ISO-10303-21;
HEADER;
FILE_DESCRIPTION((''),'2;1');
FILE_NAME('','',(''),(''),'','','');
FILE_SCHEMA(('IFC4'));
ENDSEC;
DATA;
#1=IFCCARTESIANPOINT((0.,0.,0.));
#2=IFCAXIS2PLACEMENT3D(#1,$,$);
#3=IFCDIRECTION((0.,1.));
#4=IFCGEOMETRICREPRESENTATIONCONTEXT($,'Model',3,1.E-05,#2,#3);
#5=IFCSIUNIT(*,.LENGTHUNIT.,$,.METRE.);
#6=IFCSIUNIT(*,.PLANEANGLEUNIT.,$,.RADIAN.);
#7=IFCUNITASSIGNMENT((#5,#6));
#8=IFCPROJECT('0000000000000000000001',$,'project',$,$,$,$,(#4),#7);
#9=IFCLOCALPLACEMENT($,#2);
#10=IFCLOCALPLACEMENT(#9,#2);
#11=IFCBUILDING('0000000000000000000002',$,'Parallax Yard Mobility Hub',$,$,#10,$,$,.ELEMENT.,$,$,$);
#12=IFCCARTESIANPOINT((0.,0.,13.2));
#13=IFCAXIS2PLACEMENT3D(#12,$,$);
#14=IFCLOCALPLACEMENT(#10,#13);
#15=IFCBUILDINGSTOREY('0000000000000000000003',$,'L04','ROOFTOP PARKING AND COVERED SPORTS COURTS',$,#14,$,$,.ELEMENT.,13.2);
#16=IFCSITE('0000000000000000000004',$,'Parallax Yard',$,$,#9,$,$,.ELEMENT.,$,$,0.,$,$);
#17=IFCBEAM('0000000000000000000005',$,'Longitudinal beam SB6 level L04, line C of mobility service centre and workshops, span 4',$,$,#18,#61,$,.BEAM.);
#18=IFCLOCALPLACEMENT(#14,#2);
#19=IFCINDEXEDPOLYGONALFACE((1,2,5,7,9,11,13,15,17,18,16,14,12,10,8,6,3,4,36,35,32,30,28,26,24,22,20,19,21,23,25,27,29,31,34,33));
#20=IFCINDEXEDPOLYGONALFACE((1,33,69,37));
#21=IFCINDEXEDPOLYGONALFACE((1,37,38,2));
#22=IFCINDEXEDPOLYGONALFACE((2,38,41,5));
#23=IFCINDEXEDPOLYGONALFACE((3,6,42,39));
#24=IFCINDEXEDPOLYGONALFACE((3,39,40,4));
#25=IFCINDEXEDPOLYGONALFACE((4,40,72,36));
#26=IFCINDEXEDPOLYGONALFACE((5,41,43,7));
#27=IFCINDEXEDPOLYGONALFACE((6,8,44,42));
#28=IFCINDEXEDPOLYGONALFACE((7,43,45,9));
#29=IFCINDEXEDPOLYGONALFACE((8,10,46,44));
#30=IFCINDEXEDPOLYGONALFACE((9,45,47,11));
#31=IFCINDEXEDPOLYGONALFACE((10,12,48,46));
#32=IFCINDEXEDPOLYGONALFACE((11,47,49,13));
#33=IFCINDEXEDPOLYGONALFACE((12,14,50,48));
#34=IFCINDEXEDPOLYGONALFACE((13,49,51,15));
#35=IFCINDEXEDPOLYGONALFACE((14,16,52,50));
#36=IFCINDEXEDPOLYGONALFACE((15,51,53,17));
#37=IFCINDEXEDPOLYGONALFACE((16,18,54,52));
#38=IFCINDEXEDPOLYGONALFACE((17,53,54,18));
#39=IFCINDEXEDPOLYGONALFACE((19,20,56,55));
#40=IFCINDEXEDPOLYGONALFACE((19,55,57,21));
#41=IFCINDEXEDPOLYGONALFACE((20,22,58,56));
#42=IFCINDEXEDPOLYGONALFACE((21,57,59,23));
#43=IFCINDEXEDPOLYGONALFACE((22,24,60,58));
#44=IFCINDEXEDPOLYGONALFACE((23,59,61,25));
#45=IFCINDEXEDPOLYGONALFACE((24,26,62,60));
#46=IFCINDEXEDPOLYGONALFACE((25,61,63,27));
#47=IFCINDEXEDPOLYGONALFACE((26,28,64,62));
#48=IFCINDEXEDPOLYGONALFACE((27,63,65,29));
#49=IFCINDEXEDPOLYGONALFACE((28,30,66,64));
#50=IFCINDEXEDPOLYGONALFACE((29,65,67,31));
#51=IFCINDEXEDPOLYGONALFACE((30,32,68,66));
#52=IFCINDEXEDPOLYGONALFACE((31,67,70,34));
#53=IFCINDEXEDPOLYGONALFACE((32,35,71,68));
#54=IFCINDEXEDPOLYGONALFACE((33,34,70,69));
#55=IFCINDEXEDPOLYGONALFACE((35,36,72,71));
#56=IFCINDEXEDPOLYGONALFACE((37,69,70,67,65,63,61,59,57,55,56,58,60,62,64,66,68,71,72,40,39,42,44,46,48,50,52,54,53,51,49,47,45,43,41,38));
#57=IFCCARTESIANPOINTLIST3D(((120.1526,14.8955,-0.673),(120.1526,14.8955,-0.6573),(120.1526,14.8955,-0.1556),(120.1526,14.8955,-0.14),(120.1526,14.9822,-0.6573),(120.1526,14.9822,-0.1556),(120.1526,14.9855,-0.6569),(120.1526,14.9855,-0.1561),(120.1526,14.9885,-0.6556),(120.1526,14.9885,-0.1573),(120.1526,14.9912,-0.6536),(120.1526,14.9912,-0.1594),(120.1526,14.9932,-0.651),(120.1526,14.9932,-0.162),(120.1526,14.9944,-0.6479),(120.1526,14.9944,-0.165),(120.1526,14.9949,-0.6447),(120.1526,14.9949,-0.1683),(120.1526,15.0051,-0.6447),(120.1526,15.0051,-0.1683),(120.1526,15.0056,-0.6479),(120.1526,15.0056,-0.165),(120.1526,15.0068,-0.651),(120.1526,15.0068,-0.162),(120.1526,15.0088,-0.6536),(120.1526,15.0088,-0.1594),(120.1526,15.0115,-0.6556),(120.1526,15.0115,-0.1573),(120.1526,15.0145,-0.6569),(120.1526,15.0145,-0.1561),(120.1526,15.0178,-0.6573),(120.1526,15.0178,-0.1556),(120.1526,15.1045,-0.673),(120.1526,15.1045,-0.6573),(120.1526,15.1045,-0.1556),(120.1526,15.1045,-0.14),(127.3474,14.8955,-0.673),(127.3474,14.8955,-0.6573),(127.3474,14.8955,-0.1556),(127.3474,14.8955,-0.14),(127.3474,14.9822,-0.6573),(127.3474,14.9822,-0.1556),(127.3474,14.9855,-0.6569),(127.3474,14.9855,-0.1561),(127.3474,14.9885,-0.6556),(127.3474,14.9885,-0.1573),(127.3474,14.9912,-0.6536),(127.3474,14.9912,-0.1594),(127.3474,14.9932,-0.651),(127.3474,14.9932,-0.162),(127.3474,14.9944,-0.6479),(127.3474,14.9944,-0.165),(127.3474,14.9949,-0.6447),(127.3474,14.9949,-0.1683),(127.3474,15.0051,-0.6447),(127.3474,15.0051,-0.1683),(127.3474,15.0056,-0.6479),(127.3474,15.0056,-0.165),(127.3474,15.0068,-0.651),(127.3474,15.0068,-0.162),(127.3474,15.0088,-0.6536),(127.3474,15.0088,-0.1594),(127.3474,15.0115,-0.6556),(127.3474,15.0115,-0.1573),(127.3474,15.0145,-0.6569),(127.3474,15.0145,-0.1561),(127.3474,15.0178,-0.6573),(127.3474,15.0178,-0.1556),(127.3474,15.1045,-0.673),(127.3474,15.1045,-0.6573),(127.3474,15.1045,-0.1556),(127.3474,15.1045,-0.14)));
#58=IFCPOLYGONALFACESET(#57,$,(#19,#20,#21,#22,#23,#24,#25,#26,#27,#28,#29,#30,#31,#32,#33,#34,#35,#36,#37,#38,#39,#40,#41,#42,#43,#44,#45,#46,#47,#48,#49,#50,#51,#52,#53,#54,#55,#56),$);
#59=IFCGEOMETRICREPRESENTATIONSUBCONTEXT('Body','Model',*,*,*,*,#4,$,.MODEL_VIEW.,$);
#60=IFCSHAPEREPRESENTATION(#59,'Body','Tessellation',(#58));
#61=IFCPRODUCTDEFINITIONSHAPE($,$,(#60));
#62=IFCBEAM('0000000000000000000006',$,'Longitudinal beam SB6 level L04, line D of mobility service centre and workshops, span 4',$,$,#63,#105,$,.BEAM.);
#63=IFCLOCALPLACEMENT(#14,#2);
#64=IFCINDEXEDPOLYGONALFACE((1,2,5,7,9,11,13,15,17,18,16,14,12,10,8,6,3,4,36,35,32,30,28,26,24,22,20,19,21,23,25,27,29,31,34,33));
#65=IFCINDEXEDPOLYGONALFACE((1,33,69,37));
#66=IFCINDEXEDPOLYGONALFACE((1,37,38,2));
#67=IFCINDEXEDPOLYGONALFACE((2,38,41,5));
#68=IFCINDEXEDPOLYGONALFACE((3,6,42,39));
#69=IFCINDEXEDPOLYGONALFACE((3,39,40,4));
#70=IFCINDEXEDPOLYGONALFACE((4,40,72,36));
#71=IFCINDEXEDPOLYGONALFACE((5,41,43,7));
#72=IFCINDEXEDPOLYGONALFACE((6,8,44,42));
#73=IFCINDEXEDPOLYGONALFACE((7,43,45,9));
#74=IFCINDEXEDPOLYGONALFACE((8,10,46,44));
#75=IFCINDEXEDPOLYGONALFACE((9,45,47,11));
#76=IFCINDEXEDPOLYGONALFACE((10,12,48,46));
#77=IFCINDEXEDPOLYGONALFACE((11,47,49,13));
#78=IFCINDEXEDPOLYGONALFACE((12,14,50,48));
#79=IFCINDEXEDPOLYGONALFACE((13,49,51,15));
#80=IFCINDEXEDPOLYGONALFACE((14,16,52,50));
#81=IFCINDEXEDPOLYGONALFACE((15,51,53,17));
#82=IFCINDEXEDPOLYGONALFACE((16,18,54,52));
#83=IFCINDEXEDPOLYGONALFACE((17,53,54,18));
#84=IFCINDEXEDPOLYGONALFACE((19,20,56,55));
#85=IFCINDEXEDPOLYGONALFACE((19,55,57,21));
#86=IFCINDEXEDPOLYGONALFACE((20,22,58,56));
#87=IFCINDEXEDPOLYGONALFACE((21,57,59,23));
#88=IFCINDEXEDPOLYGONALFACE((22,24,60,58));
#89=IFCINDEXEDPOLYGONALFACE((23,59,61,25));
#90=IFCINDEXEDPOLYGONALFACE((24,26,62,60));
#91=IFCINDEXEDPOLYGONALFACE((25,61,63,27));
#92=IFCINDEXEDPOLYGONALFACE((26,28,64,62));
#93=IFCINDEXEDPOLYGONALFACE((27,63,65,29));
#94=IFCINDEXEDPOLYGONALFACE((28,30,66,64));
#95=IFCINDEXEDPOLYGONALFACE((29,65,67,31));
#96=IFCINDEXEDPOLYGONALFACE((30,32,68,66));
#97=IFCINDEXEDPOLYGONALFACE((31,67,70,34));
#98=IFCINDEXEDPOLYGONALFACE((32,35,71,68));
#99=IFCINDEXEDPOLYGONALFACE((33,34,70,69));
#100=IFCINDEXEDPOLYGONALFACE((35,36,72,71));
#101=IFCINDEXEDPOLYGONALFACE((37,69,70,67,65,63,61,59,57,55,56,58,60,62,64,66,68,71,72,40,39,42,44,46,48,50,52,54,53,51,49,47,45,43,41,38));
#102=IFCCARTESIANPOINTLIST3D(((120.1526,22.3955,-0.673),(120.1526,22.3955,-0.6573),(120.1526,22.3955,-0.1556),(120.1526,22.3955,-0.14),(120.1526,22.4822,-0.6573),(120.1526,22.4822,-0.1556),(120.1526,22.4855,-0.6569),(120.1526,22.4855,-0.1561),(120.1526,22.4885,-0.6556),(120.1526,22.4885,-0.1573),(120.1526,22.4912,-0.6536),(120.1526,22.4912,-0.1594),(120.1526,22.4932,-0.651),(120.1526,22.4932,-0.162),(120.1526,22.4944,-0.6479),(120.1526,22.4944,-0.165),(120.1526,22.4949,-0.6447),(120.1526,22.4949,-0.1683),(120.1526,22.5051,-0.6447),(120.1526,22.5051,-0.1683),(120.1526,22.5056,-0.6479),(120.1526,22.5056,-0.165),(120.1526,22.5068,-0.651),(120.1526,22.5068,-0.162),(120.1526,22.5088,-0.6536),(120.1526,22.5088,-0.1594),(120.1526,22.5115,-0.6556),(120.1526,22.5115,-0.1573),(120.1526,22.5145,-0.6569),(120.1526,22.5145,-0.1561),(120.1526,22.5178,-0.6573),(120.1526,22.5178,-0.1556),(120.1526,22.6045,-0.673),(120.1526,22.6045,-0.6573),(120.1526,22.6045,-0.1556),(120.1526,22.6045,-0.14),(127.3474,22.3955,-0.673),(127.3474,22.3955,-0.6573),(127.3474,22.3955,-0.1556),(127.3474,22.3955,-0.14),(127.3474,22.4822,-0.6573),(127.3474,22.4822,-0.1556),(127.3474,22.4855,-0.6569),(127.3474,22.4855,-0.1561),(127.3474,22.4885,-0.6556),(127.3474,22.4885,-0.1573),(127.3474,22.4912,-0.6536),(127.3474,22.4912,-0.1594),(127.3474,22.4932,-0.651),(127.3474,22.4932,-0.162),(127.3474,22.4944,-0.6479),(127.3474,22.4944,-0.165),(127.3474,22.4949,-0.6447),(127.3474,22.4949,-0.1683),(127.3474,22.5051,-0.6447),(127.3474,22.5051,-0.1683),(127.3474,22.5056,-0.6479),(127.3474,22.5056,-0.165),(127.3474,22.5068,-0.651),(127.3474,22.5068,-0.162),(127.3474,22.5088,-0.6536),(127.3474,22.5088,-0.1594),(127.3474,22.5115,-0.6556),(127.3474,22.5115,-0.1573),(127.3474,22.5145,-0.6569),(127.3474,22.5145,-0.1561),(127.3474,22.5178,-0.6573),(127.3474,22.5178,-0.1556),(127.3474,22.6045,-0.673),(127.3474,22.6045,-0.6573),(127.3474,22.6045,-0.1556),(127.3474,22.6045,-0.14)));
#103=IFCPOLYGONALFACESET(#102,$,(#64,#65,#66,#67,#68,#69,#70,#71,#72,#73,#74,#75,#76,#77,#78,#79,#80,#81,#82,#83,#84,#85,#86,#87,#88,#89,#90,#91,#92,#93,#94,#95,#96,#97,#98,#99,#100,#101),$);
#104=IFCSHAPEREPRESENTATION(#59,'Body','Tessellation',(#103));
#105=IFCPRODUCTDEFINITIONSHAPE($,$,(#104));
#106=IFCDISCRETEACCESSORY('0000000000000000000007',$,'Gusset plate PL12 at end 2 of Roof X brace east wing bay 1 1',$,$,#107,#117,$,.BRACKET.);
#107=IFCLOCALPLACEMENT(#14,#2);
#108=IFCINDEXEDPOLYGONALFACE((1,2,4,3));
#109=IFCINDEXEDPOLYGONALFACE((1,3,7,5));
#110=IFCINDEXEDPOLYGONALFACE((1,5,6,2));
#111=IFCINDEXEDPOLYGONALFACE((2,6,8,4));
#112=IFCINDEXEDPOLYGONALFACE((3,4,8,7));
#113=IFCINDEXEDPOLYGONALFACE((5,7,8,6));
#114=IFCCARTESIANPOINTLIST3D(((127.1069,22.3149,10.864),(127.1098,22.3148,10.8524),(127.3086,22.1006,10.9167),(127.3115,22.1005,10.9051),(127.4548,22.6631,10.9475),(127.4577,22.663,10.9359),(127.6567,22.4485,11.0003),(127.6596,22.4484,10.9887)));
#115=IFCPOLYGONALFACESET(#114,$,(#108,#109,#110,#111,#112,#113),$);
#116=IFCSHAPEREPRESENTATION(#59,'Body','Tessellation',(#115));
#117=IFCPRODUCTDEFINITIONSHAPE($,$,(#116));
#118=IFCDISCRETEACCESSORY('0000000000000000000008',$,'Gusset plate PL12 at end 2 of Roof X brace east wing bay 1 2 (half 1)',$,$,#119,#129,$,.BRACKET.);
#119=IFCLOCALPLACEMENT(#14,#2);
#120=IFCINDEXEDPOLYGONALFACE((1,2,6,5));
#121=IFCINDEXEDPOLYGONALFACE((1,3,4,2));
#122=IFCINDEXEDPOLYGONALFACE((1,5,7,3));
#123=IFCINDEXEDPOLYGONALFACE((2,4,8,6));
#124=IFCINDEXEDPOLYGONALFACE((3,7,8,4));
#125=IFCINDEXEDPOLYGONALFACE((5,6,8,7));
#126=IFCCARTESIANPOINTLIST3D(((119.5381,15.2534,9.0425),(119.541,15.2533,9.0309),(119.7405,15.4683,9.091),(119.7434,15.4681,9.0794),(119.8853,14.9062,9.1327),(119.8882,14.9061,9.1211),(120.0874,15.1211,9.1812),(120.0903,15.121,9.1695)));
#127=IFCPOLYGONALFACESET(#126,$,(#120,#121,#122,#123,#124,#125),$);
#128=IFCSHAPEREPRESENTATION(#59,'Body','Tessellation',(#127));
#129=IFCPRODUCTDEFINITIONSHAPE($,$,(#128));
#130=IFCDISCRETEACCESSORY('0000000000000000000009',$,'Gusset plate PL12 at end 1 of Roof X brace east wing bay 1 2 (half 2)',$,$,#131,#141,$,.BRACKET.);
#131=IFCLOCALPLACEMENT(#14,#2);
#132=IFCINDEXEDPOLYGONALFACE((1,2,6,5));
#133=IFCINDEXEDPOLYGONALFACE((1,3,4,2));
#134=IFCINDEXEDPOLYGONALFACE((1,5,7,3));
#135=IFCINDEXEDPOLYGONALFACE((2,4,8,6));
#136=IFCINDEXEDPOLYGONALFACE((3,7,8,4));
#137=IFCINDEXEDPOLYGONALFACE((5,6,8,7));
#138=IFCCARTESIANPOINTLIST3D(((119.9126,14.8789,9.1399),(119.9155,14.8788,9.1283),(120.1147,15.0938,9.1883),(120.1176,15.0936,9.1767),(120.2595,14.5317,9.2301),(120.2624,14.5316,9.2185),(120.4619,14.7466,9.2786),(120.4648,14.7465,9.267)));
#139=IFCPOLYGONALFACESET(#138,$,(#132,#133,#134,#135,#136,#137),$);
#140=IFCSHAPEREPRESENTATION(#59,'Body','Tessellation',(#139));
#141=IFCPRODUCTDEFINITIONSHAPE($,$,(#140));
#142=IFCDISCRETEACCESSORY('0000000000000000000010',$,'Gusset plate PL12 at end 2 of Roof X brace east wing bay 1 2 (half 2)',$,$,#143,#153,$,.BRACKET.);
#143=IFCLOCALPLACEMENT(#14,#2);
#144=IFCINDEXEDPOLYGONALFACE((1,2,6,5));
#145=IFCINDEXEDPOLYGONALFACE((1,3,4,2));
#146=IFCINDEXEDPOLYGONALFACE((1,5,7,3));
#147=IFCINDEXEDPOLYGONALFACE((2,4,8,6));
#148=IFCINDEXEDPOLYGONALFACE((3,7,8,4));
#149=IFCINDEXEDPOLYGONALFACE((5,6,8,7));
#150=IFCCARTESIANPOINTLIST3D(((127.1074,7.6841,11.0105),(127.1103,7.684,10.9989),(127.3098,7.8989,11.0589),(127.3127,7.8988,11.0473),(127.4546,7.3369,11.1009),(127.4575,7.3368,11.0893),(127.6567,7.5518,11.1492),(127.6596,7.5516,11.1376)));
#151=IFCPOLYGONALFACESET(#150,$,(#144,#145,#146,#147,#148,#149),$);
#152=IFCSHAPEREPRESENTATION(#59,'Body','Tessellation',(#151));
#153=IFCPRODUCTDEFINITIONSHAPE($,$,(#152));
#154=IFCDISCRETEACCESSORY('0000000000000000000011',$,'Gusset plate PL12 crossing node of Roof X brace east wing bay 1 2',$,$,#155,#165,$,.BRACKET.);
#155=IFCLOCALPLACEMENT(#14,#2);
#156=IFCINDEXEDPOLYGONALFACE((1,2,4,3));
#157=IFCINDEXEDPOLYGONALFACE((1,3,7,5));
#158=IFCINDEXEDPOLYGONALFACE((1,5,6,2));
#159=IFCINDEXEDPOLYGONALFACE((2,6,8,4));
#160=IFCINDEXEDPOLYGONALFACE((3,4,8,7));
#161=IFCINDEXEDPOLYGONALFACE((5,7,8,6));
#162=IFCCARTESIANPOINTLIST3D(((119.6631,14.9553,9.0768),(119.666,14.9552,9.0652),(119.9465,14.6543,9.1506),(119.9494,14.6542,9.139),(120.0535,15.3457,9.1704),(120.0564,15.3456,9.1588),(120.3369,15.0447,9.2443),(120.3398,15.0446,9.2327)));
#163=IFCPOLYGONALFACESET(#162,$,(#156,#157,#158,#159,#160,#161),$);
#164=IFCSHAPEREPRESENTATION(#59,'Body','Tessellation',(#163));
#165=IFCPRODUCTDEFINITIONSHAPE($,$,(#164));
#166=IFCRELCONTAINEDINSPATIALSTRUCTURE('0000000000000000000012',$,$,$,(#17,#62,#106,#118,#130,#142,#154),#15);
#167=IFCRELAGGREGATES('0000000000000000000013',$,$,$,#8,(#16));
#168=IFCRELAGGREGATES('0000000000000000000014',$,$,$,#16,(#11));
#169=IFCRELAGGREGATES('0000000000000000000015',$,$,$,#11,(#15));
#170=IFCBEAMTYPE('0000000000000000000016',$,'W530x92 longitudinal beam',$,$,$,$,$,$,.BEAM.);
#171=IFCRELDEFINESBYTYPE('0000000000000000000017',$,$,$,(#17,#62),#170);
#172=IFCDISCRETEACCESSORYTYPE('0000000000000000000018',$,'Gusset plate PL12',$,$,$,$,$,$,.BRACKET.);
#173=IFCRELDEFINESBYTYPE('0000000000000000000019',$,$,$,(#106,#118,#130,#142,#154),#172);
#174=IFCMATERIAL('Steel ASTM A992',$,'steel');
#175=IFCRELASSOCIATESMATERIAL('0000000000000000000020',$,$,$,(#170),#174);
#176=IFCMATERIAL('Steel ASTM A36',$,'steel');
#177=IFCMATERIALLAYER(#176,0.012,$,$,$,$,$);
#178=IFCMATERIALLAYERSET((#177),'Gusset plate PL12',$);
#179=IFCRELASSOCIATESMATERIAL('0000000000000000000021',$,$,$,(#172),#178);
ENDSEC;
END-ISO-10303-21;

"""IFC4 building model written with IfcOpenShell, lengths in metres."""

from ifc_helpers import new_model, si_unit, direction, frame, origin, origin_2d, place, context, subcontext, project, spatial, polyline, i_section, outline, extrude, material, layer, layer_set, material_profile, profile_set, type_object, element, save


model = new_model("IFC4")

# Units and contexts
model_context = context("Model", 3, precision=1e-05, world=origin(), true_north=direction((0.0, 1.0)))
body_context = subcontext(model_context, "Body", "Model", "MODEL_VIEW")
ifc_project = project(units=[si_unit("LENGTHUNIT", "METRE"), si_unit("PLANEANGLEUNIT", "RADIAN")], contexts=[model_context])

# Site, building, storey
site_placement = place(None, origin())
site = spatial("IfcSite", under=ifc_project, at=site_placement, Name="Parallax Yard", CompositionType="ELEMENT", RefElevation=0.0)
building_placement = place(site_placement, origin())
building = spatial("IfcBuilding", under=site, at=building_placement, Name="Parallax Yard Mobility Hub", CompositionType="ELEMENT")
storey_placement = place(building_placement, frame((0.0, 0.0, 13.2)))
storey = spatial("IfcBuildingStorey", under=building, at=storey_placement, Name="L04", Description="ROOFTOP PARKING AND COVERED SPORTS COURTS", CompositionType="ELEMENT", Elevation=13.2)

# Shared definitions
ifc_material_1 = material(Name="Steel ASTM A992", Category="steel")

# Beams
ifc_material_profile_1 = material_profile(ifc_material_1, i_section(OverallWidth=0.209, OverallDepth=0.533, WebThickness=0.0103, FlangeThickness=0.0156, FilletRadius=0.0127, at=origin_2d()), Name="W530x92")
ifc_profile_set_1 = profile_set([ifc_material_profile_1], Name="Steel ASTM A992")
beam_type_1 = type_object("IfcBeamType", Name="W530x92 longitudinal beam", PredefinedType="BEAM", material=ifc_profile_set_1)
for number, where, z_axis, x_axis, name in (
    (1, (120.1526, 15.0, -0.4065), (1.0, 0.0, 0.0), (0.0, 1.0, 0.0), "Longitudinal beam SB6 level L04, line C of mobility service centre and workshops, span 4"),
    (2, (120.1526, 22.5, -0.4065), (1.0, 0.0, 0.0), (0.0, 1.0, 0.0), "Longitudinal beam SB6 level L04, line D of mobility service centre and workshops, span 4"),
):
    element("IfcBeam", number, at=place(storey_placement, frame(where, z_axis=z_axis, x_axis=x_axis)), inside=storey, type_object=beam_type_1, Name=name, PredefinedType="BEAM", context=body_context, shape_type="SweptSolid", body=[
        extrude(i_section(OverallWidth=0.209, OverallDepth=0.533, WebThickness=0.0103, FlangeThickness=0.0156, FilletRadius=0.0127, at=origin_2d()), origin(), (0.0, 0.0, 1.0), 7.1948),
    ])

# Discrete accessories
ifc_material_2 = material(Name="Steel ASTM A36", Category="steel")
ifc_layer = layer(ifc_material_2, 0.012)
ifc_layer_set = layer_set([ifc_layer], Name="Gusset plate PL12")
discrete_accessory_type = type_object("IfcDiscreteAccessoryType", Name="Gusset plate PL12", PredefinedType="BRACKET", material=ifc_layer_set)
discrete_accessory_1_placement = place(storey_placement, frame((127.3086, 22.1006, 10.9167), z_axis=(-0.2428, 0.010075, 0.970024), x_axis=(0.697376, 0.696902, 0.167316)))
element("IfcDiscreteAccessory", 3, at=discrete_accessory_1_placement, inside=storey, type_object=discrete_accessory_type, Name="Gusset plate PL12 at end 2 of Roof X brace east wing bay 1 1", PredefinedType="BRACKET", context=body_context, shape_type="SweptSolid", body=[
    extrude(outline(polyline([(0.0, 0.0), (0.4992, 0.0), (0.4991, 0.2993), (-0.0001, 0.299), (0.0, 0.0)])), origin(), (0.0, 0.0, -1.0), 0.012),
])
for number, where, z_axis, x_axis, name in (
    (4, (119.5381, 15.2534, 9.0425), (-0.242587, 0.00957, 0.970083), (0.695477, -0.695436, 0.180777), "Gusset plate PL12 at end 2 of Roof X brace east wing bay 1 2 (half 1)"),
    (5, (120.4619, 14.7466, 9.2786), (-0.242587, 0.00957, 0.970083), (-0.695477, 0.695436, -0.180777), "Gusset plate PL12 at end 1 of Roof X brace east wing bay 1 2 (half 2)"),
):
    element("IfcDiscreteAccessory", number, at=place(storey_placement, frame(where, z_axis=z_axis, x_axis=x_axis)), inside=storey, type_object=discrete_accessory_type, Name=name, PredefinedType="BRACKET", context=body_context, shape_type="SweptSolid", body=[
        extrude(outline(polyline([(0.0, 0.0), (0.4992, 0.0), (0.4991, 0.2989), (0.0001, 0.2991), (0.0, 0.0)])), origin(), (0.0, 0.0, -1.0), 0.012),
    ])
discrete_accessory_2_placement = place(storey_placement, frame((127.1074, 7.6841, 11.0105), z_axis=(-0.242484, 0.01002, 0.970104), x_axis=(0.69542, -0.695434, 0.181007)))
element("IfcDiscreteAccessory", 6, at=discrete_accessory_2_placement, inside=storey, type_object=discrete_accessory_type, Name="Gusset plate PL12 at end 2 of Roof X brace east wing bay 1 2 (half 2)", PredefinedType="BRACKET", context=body_context, shape_type="SweptSolid", body=[
    extrude(outline(polyline([(0.0, 0.0), (0.4992, 0.0), (0.4991, 0.2989), (0.0001, 0.2991), (0.0, 0.0)])), origin(), (0.0, 0.0, -1.0), 0.012),
])
discrete_accessory_3_placement = place(storey_placement, frame((119.9465, 14.6543, 9.1506), z_axis=(-0.242417, 0.009745, 0.970123), x_axis=(0.697127, 0.69718, 0.167196)))
element("IfcDiscreteAccessory", 7, at=discrete_accessory_3_placement, inside=storey, type_object=discrete_accessory_type, Name="Gusset plate PL12 crossing node of Roof X brace east wing bay 1 2", PredefinedType="BRACKET", context=body_context, shape_type="SweptSolid", body=[
    extrude(outline(polyline([(0.0, 0.0), (0.5599, 0.0), (0.5599, 0.42), (-0.0001, 0.42), (0.0, 0.0)])), origin(), (0.0, 0.0, -1.0), 0.012),
])

save(model, "model.ifc")
